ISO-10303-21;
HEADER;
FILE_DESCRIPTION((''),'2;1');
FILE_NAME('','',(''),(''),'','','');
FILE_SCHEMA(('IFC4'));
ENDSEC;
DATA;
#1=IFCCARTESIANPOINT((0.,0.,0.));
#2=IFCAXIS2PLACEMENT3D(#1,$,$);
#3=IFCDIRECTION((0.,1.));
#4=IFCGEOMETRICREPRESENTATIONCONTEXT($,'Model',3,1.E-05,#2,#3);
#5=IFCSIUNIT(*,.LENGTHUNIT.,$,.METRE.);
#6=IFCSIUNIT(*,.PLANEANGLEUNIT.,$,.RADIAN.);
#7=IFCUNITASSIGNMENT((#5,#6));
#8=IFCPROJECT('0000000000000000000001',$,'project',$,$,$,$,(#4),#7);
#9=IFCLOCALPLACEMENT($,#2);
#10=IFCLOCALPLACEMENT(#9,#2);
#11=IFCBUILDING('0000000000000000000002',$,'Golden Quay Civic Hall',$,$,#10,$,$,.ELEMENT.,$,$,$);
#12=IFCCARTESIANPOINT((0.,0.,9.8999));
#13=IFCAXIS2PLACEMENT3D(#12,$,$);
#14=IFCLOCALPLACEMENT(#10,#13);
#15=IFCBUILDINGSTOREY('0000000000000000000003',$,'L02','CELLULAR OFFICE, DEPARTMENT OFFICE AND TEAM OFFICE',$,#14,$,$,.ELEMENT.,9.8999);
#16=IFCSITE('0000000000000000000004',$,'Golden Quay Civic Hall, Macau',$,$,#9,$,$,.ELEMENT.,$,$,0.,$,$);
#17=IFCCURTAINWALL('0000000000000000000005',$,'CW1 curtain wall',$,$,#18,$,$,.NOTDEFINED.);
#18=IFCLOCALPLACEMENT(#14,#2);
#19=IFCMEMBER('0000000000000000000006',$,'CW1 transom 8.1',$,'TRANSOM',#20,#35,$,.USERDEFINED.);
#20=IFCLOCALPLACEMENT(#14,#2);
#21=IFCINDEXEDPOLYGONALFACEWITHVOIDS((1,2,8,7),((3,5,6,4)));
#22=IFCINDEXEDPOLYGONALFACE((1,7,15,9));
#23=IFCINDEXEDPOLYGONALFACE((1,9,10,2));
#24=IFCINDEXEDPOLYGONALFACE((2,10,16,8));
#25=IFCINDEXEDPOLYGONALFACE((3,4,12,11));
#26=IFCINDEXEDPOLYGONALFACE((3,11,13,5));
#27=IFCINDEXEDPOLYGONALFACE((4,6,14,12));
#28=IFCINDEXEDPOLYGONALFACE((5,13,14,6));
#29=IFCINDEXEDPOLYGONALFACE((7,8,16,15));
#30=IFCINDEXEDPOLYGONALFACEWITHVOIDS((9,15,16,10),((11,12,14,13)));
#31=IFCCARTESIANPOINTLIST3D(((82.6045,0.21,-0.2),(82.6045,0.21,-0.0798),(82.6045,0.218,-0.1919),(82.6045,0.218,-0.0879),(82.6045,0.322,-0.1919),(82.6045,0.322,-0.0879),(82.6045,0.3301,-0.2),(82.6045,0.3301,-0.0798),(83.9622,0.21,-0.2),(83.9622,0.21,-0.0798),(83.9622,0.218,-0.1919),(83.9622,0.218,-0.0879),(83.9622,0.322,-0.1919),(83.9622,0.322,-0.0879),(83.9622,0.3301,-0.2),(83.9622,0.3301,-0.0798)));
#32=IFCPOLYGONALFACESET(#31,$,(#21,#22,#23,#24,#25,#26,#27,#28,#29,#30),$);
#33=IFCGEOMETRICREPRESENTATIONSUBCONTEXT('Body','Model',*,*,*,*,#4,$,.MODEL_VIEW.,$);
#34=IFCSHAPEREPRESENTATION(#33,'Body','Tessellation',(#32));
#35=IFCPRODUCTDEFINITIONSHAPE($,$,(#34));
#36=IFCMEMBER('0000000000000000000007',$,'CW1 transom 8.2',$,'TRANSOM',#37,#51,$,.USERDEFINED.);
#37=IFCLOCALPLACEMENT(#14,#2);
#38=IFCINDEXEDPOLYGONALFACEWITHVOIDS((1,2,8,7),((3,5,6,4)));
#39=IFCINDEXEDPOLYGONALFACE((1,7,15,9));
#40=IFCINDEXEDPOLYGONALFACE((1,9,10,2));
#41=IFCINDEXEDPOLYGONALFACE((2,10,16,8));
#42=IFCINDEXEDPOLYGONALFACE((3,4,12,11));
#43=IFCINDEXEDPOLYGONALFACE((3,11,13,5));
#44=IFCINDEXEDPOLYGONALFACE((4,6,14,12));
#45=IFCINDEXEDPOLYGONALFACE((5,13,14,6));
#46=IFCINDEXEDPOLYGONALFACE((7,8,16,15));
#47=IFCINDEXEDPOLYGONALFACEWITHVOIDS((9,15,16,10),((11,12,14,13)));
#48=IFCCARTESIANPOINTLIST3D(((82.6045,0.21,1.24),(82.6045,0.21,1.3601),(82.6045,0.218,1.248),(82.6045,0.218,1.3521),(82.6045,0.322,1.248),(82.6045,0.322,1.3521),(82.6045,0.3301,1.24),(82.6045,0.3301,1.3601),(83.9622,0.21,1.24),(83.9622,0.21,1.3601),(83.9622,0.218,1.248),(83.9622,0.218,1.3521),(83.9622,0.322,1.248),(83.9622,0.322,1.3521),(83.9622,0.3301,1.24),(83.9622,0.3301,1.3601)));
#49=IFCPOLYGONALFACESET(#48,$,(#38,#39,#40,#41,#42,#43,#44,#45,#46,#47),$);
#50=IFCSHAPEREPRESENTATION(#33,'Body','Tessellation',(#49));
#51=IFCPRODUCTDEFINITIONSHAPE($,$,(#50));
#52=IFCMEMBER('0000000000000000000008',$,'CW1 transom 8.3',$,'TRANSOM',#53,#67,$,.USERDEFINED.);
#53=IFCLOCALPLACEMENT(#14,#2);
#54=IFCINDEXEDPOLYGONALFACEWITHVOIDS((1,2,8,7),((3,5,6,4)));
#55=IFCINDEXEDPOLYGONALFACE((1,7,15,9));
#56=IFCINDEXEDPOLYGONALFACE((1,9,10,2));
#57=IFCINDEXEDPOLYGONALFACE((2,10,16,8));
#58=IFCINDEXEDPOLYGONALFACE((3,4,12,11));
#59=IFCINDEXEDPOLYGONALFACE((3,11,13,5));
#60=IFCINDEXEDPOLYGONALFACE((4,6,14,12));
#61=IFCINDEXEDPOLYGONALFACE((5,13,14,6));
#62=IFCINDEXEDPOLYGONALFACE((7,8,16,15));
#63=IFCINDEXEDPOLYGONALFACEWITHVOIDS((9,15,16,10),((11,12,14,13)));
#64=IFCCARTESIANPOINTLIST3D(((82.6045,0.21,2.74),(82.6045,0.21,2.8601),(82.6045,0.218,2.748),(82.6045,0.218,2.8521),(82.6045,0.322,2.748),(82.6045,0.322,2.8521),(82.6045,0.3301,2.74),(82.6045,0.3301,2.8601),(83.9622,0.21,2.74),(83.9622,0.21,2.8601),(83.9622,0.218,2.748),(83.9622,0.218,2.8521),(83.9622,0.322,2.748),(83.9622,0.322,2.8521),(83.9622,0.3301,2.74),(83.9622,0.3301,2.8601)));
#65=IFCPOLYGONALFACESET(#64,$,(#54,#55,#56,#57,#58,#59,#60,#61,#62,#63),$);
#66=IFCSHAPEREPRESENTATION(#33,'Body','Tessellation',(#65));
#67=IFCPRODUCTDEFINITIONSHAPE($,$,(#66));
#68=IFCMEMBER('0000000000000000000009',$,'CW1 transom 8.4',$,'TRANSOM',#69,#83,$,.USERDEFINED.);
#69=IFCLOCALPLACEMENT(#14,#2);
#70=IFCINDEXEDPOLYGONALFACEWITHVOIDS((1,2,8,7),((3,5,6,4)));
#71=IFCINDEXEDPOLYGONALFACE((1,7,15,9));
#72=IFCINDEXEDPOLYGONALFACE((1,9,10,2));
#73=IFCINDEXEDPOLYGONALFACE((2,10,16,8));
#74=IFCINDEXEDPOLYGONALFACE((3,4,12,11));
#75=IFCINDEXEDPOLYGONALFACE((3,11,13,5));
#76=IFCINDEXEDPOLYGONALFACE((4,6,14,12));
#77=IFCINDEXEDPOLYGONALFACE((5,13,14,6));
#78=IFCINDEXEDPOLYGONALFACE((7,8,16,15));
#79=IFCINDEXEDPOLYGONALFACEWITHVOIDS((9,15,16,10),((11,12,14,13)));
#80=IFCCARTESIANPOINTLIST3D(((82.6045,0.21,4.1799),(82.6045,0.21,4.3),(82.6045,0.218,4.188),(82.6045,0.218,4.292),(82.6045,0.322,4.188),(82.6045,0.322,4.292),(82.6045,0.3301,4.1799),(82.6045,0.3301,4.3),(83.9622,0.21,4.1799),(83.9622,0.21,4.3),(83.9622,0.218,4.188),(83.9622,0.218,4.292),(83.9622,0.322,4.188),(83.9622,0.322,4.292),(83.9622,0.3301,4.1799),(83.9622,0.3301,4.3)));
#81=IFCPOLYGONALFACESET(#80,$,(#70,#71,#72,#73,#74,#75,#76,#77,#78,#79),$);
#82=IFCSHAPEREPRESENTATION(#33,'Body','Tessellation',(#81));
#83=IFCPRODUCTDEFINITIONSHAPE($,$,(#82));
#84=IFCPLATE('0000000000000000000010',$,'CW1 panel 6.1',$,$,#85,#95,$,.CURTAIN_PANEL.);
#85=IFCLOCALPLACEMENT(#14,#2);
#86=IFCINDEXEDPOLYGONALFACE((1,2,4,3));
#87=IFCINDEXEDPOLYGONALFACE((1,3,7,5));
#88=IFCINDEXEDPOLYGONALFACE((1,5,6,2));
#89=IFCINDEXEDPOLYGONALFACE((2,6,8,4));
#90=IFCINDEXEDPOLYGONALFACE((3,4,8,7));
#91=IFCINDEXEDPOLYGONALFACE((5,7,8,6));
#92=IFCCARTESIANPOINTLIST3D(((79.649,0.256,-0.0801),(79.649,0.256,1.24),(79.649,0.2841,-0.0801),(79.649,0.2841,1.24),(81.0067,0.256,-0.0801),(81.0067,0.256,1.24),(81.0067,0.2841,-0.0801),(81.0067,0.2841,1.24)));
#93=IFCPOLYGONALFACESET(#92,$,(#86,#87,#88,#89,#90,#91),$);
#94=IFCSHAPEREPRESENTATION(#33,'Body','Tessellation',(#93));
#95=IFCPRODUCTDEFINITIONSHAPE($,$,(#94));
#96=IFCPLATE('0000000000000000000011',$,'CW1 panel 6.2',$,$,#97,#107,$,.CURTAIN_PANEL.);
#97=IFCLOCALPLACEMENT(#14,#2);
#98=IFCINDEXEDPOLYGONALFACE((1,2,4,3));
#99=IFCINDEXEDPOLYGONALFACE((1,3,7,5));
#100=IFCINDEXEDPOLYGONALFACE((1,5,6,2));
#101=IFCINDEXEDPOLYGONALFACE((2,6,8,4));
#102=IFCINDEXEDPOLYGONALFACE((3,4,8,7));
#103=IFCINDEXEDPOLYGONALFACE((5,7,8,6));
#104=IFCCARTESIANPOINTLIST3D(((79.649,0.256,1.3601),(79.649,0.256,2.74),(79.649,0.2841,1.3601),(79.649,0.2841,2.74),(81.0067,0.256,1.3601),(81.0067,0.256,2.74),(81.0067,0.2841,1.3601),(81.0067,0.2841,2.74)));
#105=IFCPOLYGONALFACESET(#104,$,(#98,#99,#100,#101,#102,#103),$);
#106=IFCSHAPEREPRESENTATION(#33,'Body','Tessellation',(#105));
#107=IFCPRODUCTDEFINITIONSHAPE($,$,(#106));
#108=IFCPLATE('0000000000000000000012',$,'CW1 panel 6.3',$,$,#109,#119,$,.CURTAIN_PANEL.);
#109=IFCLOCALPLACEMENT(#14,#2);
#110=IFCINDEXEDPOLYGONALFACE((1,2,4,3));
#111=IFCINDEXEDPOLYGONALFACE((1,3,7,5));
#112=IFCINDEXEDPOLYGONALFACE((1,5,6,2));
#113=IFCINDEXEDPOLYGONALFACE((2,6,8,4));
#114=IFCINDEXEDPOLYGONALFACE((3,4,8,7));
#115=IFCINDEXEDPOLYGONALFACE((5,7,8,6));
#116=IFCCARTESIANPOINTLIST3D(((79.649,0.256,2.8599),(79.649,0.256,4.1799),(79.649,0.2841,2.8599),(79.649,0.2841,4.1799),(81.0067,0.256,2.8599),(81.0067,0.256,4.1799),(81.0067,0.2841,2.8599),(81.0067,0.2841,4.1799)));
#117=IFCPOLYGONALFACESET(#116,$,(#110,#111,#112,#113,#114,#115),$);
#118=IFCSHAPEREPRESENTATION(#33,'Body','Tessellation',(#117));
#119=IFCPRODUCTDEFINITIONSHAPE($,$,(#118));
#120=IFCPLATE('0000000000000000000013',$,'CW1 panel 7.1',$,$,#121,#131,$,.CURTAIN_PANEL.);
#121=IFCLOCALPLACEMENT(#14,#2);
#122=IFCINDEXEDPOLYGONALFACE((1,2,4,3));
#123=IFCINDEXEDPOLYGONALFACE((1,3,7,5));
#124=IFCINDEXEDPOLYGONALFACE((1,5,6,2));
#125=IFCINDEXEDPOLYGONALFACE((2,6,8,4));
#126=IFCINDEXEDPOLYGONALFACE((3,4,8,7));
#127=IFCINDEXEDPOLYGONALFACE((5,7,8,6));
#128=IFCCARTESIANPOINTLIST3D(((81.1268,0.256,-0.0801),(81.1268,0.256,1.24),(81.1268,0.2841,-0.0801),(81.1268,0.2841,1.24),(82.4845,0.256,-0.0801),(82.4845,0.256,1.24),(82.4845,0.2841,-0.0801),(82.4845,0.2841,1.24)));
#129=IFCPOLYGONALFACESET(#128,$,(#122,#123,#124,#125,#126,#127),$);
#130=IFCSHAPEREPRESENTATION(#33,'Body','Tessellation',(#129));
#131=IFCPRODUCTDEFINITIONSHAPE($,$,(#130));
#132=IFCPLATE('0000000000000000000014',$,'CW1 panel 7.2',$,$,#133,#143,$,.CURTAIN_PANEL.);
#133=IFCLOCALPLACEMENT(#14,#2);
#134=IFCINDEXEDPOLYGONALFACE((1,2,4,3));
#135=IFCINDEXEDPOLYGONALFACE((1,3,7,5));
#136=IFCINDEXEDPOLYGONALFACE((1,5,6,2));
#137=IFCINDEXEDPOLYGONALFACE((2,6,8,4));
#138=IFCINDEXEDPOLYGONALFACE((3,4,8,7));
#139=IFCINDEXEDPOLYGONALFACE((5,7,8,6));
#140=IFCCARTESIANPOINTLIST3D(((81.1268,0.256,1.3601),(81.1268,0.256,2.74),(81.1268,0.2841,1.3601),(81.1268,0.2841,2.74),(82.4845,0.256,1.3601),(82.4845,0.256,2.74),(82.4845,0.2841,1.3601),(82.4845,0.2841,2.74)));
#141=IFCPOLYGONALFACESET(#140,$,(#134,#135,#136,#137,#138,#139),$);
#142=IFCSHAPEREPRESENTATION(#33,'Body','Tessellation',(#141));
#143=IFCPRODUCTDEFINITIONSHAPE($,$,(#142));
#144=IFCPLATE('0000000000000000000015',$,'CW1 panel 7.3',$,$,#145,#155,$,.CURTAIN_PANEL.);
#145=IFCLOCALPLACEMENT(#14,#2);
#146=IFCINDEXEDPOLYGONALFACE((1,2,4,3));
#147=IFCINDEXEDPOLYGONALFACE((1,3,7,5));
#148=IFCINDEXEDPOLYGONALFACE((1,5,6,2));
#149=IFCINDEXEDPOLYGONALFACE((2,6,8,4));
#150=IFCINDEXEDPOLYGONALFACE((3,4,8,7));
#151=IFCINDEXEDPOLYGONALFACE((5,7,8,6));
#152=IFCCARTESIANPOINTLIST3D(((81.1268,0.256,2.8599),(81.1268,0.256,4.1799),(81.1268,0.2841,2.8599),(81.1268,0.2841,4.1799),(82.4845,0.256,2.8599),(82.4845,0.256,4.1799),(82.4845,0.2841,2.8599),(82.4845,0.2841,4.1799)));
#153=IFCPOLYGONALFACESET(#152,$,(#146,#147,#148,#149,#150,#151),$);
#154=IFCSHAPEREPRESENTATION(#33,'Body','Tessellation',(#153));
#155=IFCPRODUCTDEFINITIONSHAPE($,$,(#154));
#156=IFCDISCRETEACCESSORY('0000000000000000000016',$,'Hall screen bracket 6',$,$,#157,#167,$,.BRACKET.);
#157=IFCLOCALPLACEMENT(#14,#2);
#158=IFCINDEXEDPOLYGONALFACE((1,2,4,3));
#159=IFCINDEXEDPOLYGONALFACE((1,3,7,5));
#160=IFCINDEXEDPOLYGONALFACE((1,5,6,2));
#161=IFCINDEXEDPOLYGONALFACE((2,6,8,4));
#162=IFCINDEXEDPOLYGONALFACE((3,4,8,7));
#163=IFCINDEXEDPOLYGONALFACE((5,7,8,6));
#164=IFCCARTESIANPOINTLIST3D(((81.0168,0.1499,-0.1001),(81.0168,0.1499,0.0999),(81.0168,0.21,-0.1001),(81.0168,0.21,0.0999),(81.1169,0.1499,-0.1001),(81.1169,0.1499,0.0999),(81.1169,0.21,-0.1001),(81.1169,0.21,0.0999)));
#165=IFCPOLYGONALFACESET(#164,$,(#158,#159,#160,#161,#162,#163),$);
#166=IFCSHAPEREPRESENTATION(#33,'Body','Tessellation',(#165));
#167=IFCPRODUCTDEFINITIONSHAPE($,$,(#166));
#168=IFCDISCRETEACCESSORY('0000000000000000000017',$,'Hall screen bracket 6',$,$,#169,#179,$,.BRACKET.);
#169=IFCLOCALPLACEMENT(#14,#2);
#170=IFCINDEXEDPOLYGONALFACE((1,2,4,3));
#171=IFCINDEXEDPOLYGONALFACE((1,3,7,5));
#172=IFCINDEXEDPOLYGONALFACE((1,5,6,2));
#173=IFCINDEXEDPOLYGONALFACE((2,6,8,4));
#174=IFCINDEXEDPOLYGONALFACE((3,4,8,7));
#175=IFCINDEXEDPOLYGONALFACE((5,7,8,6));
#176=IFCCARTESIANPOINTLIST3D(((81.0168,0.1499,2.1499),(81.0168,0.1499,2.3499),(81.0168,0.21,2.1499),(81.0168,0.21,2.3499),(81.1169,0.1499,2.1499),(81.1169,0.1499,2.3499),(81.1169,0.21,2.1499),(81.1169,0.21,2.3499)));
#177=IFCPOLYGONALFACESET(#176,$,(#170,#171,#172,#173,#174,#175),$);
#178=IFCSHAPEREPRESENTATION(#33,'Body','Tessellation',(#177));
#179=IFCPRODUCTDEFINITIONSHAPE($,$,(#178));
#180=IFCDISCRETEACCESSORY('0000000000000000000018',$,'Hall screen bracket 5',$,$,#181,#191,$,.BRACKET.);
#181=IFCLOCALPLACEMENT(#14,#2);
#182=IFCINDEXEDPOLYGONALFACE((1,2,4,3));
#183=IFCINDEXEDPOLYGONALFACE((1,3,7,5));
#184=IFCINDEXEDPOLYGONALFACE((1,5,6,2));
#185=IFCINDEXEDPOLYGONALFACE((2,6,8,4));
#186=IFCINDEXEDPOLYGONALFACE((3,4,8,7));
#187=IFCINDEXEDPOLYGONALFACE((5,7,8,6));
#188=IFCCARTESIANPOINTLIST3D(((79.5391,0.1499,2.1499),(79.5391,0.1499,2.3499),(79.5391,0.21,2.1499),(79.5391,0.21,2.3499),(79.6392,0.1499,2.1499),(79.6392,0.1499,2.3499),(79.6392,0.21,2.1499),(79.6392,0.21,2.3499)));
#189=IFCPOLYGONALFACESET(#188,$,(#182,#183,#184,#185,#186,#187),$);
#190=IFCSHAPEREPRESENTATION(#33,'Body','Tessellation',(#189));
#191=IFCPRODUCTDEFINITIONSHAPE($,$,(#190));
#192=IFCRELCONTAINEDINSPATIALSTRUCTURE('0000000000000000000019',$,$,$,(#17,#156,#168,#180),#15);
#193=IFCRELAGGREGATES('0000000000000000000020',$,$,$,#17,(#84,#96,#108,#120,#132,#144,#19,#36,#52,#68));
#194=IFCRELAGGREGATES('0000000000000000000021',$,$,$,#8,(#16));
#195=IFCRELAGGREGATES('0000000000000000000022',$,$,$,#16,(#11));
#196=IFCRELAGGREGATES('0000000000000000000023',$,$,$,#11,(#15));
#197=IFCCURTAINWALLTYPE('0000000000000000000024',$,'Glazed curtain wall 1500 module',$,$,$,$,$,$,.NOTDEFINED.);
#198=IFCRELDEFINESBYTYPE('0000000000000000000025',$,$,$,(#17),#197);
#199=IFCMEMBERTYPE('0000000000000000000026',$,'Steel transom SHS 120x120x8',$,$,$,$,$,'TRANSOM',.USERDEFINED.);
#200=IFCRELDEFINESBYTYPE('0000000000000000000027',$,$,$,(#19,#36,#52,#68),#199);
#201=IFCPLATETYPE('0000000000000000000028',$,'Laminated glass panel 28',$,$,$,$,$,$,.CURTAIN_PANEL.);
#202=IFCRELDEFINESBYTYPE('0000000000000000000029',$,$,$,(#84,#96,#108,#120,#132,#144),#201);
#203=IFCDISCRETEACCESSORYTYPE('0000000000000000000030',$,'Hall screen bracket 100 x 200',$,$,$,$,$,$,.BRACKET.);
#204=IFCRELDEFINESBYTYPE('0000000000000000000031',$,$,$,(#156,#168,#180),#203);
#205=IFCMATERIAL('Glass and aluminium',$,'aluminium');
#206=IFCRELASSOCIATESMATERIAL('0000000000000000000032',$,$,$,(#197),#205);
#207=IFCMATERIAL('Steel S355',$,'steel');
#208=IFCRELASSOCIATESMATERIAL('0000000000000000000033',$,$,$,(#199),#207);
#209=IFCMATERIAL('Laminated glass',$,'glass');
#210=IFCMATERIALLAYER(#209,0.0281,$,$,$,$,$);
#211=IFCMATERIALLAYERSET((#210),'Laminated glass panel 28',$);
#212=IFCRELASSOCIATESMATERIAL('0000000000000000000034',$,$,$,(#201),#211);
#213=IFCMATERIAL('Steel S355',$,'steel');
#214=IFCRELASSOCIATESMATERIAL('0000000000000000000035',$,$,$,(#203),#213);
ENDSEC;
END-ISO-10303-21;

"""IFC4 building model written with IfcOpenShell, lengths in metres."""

from ifc_helpers import new_model, si_unit, direction, frame, origin, origin_2d, place, context, subcontext, project, spatial, rectangle, hollow_rectangle, extrude, material, layer, layer_set, material_profile, profile_set, type_object, element, aggregate, save


model = new_model("IFC4")

# Units and contexts
model_context = context("Model", 3, precision=1e-05, world=origin(), true_north=direction((0.0, 1.0)))
body_context = subcontext(model_context, "Body", "Model", "MODEL_VIEW")
ifc_project = project(units=[si_unit("LENGTHUNIT", "METRE"), si_unit("PLANEANGLEUNIT", "RADIAN")], contexts=[model_context])

# Site, building, storey
site_placement = place(None, origin())
site = spatial("IfcSite", under=ifc_project, at=site_placement, Name="Golden Quay Civic Hall, Macau", CompositionType="ELEMENT", RefElevation=0.0)
building_placement = place(site_placement, origin())
building = spatial("IfcBuilding", under=site, at=building_placement, Name="Golden Quay Civic Hall", CompositionType="ELEMENT")
storey_placement = place(building_placement, frame((0.0, 0.0, 9.8999)))
storey = spatial("IfcBuildingStorey", under=building, at=storey_placement, Name="L02", Description="CELLULAR OFFICE, DEPARTMENT OFFICE AND TEAM OFFICE", CompositionType="ELEMENT", Elevation=9.8999)

# Curtain wall, members, plates
ifc_material_1 = material(Name="Glass and aluminium", Category="aluminium")
curtain_wall_type = type_object("IfcCurtainWallType", Name="Glazed curtain wall 1500 module", PredefinedType="NOTDEFINED", material=ifc_material_1)
curtain_wall_placement = place(storey_placement, origin())
curtain_wall = element("IfcCurtainWall", 1, at=curtain_wall_placement, inside=storey, type_object=curtain_wall_type, Name="CW1 curtain wall", PredefinedType="NOTDEFINED")
ifc_material_2 = material(Name="Steel S355", Category="steel")
ifc_material_profile_1 = material_profile(ifc_material_2, hollow_rectangle(XDim=0.1201, YDim=0.1201, WallThickness=0.0081, at=origin_2d()), Name="SHS 120x120x8")
ifc_profile_set_1 = profile_set([ifc_material_profile_1], Name="Steel S355")
member_type_1 = type_object("IfcMemberType", Name="Steel transom SHS 120x120x8", ElementType="TRANSOM", PredefinedType="USERDEFINED", material=ifc_profile_set_1)
member_1_placement = place(storey_placement, frame((82.6045, 0.27, -0.1399), z_axis=(1.0, 0.0, 0.0), x_axis=(0.0, 1.0, 0.0)))
member_1 = element("IfcMember", 2, at=member_1_placement, type_object=member_type_1, Name="CW1 transom 8.1", ObjectType="TRANSOM", PredefinedType="USERDEFINED", context=body_context, shape_type="SweptSolid", body=[
    extrude(hollow_rectangle(XDim=0.1201, YDim=0.1201, WallThickness=0.0081, at=origin_2d()), origin(), (0.0, 0.0, 1.0), 1.3577),
])
member_2_placement = place(storey_placement, frame((82.6045, 0.27, 1.3), z_axis=(1.0, 0.0, 0.0), x_axis=(0.0, 1.0, 0.0)))
member_2 = element("IfcMember", 3, at=member_2_placement, type_object=member_type_1, Name="CW1 transom 8.2", ObjectType="TRANSOM", PredefinedType="USERDEFINED", context=body_context, shape_type="SweptSolid", body=[
    extrude(hollow_rectangle(XDim=0.1201, YDim=0.1201, WallThickness=0.0081, at=origin_2d()), origin(), (0.0, 0.0, 1.0), 1.3577),
])
member_3_placement = place(storey_placement, frame((82.6045, 0.27, 2.8), z_axis=(1.0, 0.0, 0.0), x_axis=(0.0, 1.0, 0.0)))
member_3 = element("IfcMember", 4, at=member_3_placement, type_object=member_type_1, Name="CW1 transom 8.3", ObjectType="TRANSOM", PredefinedType="USERDEFINED", context=body_context, shape_type="SweptSolid", body=[
    extrude(hollow_rectangle(XDim=0.1201, YDim=0.1201, WallThickness=0.0081, at=origin_2d()), origin(), (0.0, 0.0, 1.0), 1.3577),
])
member_4_placement = place(storey_placement, frame((82.6045, 0.27, 4.24), z_axis=(1.0, 0.0, 0.0), x_axis=(0.0, 1.0, 0.0)))
member_4 = element("IfcMember", 5, at=member_4_placement, type_object=member_type_1, Name="CW1 transom 8.4", ObjectType="TRANSOM", PredefinedType="USERDEFINED", context=body_context, shape_type="SweptSolid", body=[
    extrude(hollow_rectangle(XDim=0.1201, YDim=0.1201, WallThickness=0.0081, at=origin_2d()), origin(), (0.0, 0.0, 1.0), 1.3577),
])
ifc_material_3 = material(Name="Laminated glass", Category="glass")
ifc_layer = layer(ifc_material_3, 0.0281)
ifc_layer_set = layer_set([ifc_layer], Name="Laminated glass panel 28")
plate_type = type_object("IfcPlateType", Name="Laminated glass panel 28", PredefinedType="CURTAIN_PANEL", material=ifc_layer_set)
plate_1_placement = place(storey_placement, frame((80.3279, 0.27, -0.0801), z_axis=(0.0, 0.0, 1.0), x_axis=(1.0, 0.0, 0.0)))
plate_1 = element("IfcPlate", 6, at=plate_1_placement, type_object=plate_type, Name="CW1 panel 6.1", PredefinedType="CURTAIN_PANEL", context=body_context, shape_type="SweptSolid", body=[
    extrude(rectangle(XDim=1.3577, YDim=0.0281, at=origin_2d()), origin(), (0.0, 0.0, 1.0), 1.3201),
])
plate_2_placement = place(storey_placement, frame((80.3279, 0.27, 1.3601), z_axis=(0.0, 0.0, 1.0), x_axis=(1.0, 0.0, 0.0)))
plate_2 = element("IfcPlate", 7, at=plate_2_placement, type_object=plate_type, Name="CW1 panel 6.2", PredefinedType="CURTAIN_PANEL", context=body_context, shape_type="SweptSolid", body=[
    extrude(rectangle(XDim=1.3577, YDim=0.0281, at=origin_2d()), origin(), (0.0, 0.0, 1.0), 1.3799),
])
plate_3_placement = place(storey_placement, frame((80.3279, 0.27, 2.8599), z_axis=(0.0, 0.0, 1.0), x_axis=(1.0, 0.0, 0.0)))
plate_3 = element("IfcPlate", 8, at=plate_3_placement, type_object=plate_type, Name="CW1 panel 6.3", PredefinedType="CURTAIN_PANEL", context=body_context, shape_type="SweptSolid", body=[
    extrude(rectangle(XDim=1.3577, YDim=0.0281, at=origin_2d()), origin(), (0.0, 0.0, 1.0), 1.3201),
])
plate_4_placement = place(storey_placement, frame((81.8057, 0.27, -0.0801), z_axis=(0.0, 0.0, 1.0), x_axis=(1.0, 0.0, 0.0)))
plate_4 = element("IfcPlate", 9, at=plate_4_placement, type_object=plate_type, Name="CW1 panel 7.1", PredefinedType="CURTAIN_PANEL", context=body_context, shape_type="SweptSolid", body=[
    extrude(rectangle(XDim=1.3577, YDim=0.0281, at=origin_2d()), origin(), (0.0, 0.0, 1.0), 1.3201),
])
plate_5_placement = place(storey_placement, frame((81.8057, 0.27, 1.3601), z_axis=(0.0, 0.0, 1.0), x_axis=(1.0, 0.0, 0.0)))
plate_5 = element("IfcPlate", 10, at=plate_5_placement, type_object=plate_type, Name="CW1 panel 7.2", PredefinedType="CURTAIN_PANEL", context=body_context, shape_type="SweptSolid", body=[
    extrude(rectangle(XDim=1.3577, YDim=0.0281, at=origin_2d()), origin(), (0.0, 0.0, 1.0), 1.3799),
])
plate_6_placement = place(storey_placement, frame((81.8057, 0.27, 2.8599), z_axis=(0.0, 0.0, 1.0), x_axis=(1.0, 0.0, 0.0)))
plate_6 = element("IfcPlate", 11, at=plate_6_placement, type_object=plate_type, Name="CW1 panel 7.3", PredefinedType="CURTAIN_PANEL", context=body_context, shape_type="SweptSolid", body=[
    extrude(rectangle(XDim=1.3577, YDim=0.0281, at=origin_2d()), origin(), (0.0, 0.0, 1.0), 1.3201),
])
aggregate(curtain_wall, [plate_1, plate_2, plate_3, plate_4, plate_5, plate_6, member_1, member_2, member_3, member_4])

# Discrete accessories
ifc_material_4 = material(Name="Steel S355", Category="steel")
discrete_accessory_type = type_object("IfcDiscreteAccessoryType", Name="Hall screen bracket 100 x 200", PredefinedType="BRACKET", material=ifc_material_4)
for number, where, z_axis, x_axis, name in (
    (12, (81.0669, 0.1799, -0.1001), (0.0, 0.0, 1.0), (1.0, 0.0, 0.0), "Hall screen bracket 6"),
    (13, (81.0669, 0.1799, 2.1499), (0.0, 0.0, 1.0), (1.0, 0.0, 0.0), "Hall screen bracket 6"),
    (14, (79.5891, 0.1799, 2.1499), (0.0, 0.0, 1.0), (1.0, 0.0, 0.0), "Hall screen bracket 5"),
):
    element("IfcDiscreteAccessory", number, at=place(storey_placement, frame(where, z_axis=z_axis, x_axis=x_axis)), inside=storey, type_object=discrete_accessory_type, Name=name, PredefinedType="BRACKET", context=body_context, shape_type="SweptSolid", body=[
        extrude(rectangle(XDim=0.1001, YDim=0.0601, at=origin_2d()), origin(), (0.0, 0.0, 1.0), 0.2),
    ])

save(model, "model.ifc")
